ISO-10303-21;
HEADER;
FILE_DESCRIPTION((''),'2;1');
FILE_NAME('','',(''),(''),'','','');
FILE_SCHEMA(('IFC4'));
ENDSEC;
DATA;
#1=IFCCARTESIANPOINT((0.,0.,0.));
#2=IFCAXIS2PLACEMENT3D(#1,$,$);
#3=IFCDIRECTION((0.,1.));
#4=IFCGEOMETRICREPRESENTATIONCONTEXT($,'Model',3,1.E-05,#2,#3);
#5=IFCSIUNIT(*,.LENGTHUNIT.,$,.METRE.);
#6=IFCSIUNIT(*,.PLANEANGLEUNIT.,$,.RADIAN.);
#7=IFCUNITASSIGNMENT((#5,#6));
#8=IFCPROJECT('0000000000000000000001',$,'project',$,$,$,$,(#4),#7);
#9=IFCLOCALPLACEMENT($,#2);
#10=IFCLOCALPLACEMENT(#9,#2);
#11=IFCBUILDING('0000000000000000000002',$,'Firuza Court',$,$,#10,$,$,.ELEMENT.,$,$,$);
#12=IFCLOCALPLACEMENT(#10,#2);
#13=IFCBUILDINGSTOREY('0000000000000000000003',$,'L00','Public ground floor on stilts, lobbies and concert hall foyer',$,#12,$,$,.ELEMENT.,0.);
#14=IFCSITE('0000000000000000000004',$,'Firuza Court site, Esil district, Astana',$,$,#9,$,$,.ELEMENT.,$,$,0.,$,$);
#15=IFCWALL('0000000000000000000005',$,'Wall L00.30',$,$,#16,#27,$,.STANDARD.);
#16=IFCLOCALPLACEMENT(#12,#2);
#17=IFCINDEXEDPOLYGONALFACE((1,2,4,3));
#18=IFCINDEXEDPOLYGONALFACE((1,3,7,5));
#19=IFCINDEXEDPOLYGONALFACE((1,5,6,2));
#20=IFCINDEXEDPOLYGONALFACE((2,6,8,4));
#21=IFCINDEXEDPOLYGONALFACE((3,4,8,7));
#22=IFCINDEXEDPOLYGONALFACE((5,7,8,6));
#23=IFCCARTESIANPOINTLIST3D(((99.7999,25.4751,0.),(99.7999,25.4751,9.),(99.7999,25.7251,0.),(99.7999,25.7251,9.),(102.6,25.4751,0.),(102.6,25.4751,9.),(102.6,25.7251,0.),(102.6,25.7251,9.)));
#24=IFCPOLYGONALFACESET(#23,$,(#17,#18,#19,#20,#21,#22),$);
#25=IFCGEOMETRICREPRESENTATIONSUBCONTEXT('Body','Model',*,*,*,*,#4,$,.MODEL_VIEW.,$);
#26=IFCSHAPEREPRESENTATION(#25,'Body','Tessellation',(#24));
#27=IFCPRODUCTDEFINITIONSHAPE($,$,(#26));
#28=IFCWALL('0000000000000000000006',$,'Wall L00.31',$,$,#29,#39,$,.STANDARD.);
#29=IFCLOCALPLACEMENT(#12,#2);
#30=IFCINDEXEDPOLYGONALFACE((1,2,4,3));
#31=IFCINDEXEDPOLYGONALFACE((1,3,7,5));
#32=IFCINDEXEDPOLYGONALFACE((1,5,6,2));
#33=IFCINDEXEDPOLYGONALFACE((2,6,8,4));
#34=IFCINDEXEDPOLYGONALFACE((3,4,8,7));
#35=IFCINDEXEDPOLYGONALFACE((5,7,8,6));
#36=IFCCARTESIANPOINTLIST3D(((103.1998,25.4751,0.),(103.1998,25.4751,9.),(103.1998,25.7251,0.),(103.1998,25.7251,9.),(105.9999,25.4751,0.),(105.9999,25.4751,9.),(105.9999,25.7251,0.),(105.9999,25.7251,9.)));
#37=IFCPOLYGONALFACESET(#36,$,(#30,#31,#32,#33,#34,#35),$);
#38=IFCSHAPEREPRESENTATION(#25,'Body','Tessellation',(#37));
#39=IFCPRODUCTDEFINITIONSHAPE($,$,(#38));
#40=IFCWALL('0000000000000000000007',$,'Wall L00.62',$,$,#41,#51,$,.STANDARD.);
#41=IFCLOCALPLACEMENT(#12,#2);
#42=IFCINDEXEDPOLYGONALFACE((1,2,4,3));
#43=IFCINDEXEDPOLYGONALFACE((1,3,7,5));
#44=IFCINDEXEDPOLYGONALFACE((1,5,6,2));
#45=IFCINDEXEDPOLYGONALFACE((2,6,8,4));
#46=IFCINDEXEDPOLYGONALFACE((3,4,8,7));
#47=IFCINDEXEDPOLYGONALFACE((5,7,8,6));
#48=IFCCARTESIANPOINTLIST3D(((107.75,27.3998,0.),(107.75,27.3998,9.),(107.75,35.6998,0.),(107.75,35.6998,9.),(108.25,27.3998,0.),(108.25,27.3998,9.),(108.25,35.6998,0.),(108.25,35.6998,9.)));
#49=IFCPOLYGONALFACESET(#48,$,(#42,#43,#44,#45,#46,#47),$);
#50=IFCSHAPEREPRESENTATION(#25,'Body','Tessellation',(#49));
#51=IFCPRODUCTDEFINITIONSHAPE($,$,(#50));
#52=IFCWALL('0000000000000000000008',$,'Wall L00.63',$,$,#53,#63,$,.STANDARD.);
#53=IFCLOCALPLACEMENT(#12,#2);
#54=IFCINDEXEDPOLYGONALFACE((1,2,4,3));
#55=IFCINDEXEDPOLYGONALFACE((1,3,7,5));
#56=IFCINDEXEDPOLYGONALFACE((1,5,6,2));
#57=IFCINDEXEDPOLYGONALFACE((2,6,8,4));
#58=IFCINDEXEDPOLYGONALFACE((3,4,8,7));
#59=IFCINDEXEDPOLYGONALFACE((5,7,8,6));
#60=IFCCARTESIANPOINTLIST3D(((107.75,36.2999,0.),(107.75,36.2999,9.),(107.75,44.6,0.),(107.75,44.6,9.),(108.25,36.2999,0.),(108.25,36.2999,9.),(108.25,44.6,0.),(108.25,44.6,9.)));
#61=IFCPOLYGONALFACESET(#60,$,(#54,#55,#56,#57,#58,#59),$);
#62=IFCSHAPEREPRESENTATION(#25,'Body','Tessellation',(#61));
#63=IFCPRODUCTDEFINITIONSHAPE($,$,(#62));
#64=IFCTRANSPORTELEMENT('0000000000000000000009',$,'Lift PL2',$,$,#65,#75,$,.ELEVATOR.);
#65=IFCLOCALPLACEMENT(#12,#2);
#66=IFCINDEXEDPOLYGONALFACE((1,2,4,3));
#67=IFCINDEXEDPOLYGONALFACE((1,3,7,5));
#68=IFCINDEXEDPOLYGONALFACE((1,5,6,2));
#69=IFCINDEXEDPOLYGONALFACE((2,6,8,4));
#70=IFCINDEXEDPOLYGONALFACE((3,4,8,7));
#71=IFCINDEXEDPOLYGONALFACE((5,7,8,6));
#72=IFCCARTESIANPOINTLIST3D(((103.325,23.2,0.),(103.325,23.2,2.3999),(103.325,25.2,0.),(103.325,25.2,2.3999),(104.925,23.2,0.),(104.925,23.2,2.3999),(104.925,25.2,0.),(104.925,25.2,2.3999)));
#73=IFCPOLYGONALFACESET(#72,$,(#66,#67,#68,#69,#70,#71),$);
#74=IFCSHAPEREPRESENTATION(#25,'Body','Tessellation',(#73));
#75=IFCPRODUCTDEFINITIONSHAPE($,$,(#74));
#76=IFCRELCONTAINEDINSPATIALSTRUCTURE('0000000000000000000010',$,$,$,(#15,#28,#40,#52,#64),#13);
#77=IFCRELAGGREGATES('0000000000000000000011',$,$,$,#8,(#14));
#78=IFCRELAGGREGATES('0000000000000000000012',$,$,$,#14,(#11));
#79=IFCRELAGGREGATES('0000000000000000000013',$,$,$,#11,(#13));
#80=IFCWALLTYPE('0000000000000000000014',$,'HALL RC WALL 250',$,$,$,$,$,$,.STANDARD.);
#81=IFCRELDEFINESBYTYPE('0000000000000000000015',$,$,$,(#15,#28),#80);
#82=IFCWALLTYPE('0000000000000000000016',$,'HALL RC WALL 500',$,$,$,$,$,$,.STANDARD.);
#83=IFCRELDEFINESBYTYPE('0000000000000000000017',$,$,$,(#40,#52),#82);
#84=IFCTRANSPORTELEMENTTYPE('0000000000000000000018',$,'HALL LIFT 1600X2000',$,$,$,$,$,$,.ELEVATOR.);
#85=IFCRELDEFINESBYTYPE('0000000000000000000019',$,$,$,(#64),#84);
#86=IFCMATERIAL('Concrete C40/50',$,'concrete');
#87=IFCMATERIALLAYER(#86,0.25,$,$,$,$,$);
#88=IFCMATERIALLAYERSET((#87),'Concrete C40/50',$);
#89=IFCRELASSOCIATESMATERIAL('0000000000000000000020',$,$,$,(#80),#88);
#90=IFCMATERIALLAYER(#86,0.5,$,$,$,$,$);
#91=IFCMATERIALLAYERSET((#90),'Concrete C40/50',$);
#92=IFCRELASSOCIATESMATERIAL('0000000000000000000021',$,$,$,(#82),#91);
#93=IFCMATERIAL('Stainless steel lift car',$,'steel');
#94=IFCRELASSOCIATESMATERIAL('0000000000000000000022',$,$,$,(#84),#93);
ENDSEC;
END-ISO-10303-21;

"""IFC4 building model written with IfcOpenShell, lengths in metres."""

from ifc_helpers import new_model, si_unit, direction, frame, frame_2d, origin, origin_2d, place, context, subcontext, project, spatial, rectangle, extrude, material, layer, layer_set, type_object, element, save


model = new_model("IFC4")

# Units and contexts
model_context = context("Model", 3, precision=1e-05, world=origin(), true_north=direction((0.0, 1.0)))
body_context = subcontext(model_context, "Body", "Model", "MODEL_VIEW")
ifc_project = project(units=[si_unit("LENGTHUNIT", "METRE"), si_unit("PLANEANGLEUNIT", "RADIAN")], contexts=[model_context])

# Site, building, storey
site_placement = place(None, origin())
site = spatial("IfcSite", under=ifc_project, at=site_placement, Name="Firuza Court site, Esil district, Astana", CompositionType="ELEMENT", RefElevation=0.0)
building_placement = place(site_placement, origin())
building = spatial("IfcBuilding", under=site, at=building_placement, Name="Firuza Court", CompositionType="ELEMENT")
storey_placement = place(building_placement, origin())
storey = spatial("IfcBuildingStorey", under=building, at=storey_placement, Name="L00", Description="Public ground floor on stilts, lobbies and concert hall foyer", CompositionType="ELEMENT", Elevation=0.0)

# Walls
ifc_material_1 = material(Name="Concrete C40/50", Category="concrete")
ifc_layer_1 = layer(ifc_material_1, 0.25)
ifc_layer_set_1 = layer_set([ifc_layer_1], Name="Concrete C40/50")
wall_type_1 = type_object("IfcWallType", Name="HALL RC WALL 250", PredefinedType="STANDARD", material=ifc_layer_set_1)
for number, where, z_axis, x_axis, name in (
    (1, (99.8, 25.6001, 0.0), (0.0, 0.0, 1.0), (1.0, 0.0, 0.0), "Wall L00.30"),
    (2, (103.2, 25.6001, 0.0), (0.0, 0.0, 1.0), (1.0, 0.0, 0.0), "Wall L00.31"),
):
    element("IfcWall", number, at=place(storey_placement, frame(where, z_axis=z_axis, x_axis=x_axis)), inside=storey, type_object=wall_type_1, Name=name, PredefinedType="STANDARD", context=body_context, shape_type="SweptSolid", body=[
        extrude(rectangle(XDim=2.8, YDim=0.25, at=frame_2d((1.3999, 0.0))), origin(), (0.0, 0.0, 1.0), 9.0),
    ])
ifc_layer_2 = layer(ifc_material_1, 0.5)
ifc_layer_set_2 = layer_set([ifc_layer_2], Name="Concrete C40/50")
wall_type_2 = type_object("IfcWallType", Name="HALL RC WALL 500", PredefinedType="STANDARD", material=ifc_layer_set_2)
for number, where, z_axis, x_axis, name in (
    (3, (108.0, 27.3999, 0.0), (0.0, 0.0, 1.0), (0.0, 1.0, 0.0), "Wall L00.62"),
    (4, (108.0, 36.3, 0.0), (0.0, 0.0, 1.0), (0.0, 1.0, 0.0), "Wall L00.63"),
):
    element("IfcWall", number, at=place(storey_placement, frame(where, z_axis=z_axis, x_axis=x_axis)), inside=storey, type_object=wall_type_2, Name=name, PredefinedType="STANDARD", context=body_context, shape_type="SweptSolid", body=[
        extrude(rectangle(XDim=8.3, YDim=0.5, at=frame_2d((4.1499, 0.0))), origin(), (0.0, 0.0, 1.0), 9.0),
    ])

# Transport element
ifc_material_2 = material(Name="Stainless steel lift car", Category="steel")
transport_element_type = type_object("IfcTransportElementType", Name="HALL LIFT 1600X2000", PredefinedType="ELEVATOR", material=ifc_material_2)
transport_element_placement = place(storey_placement, frame((104.125, 24.2, 0.0), z_axis=(0.0, 0.0, 1.0), x_axis=(1.0, 0.0, 0.0)))
element("IfcTransportElement", 5, at=transport_element_placement, inside=storey, type_object=transport_element_type, Name="Lift PL2", PredefinedType="ELEVATOR", context=body_context, shape_type="SweptSolid", body=[
    extrude(rectangle(XDim=1.6001, YDim=2.0, at=origin_2d()), origin(), (0.0, 0.0, 1.0), 2.3999),
])

save(model, "model.ifc")
